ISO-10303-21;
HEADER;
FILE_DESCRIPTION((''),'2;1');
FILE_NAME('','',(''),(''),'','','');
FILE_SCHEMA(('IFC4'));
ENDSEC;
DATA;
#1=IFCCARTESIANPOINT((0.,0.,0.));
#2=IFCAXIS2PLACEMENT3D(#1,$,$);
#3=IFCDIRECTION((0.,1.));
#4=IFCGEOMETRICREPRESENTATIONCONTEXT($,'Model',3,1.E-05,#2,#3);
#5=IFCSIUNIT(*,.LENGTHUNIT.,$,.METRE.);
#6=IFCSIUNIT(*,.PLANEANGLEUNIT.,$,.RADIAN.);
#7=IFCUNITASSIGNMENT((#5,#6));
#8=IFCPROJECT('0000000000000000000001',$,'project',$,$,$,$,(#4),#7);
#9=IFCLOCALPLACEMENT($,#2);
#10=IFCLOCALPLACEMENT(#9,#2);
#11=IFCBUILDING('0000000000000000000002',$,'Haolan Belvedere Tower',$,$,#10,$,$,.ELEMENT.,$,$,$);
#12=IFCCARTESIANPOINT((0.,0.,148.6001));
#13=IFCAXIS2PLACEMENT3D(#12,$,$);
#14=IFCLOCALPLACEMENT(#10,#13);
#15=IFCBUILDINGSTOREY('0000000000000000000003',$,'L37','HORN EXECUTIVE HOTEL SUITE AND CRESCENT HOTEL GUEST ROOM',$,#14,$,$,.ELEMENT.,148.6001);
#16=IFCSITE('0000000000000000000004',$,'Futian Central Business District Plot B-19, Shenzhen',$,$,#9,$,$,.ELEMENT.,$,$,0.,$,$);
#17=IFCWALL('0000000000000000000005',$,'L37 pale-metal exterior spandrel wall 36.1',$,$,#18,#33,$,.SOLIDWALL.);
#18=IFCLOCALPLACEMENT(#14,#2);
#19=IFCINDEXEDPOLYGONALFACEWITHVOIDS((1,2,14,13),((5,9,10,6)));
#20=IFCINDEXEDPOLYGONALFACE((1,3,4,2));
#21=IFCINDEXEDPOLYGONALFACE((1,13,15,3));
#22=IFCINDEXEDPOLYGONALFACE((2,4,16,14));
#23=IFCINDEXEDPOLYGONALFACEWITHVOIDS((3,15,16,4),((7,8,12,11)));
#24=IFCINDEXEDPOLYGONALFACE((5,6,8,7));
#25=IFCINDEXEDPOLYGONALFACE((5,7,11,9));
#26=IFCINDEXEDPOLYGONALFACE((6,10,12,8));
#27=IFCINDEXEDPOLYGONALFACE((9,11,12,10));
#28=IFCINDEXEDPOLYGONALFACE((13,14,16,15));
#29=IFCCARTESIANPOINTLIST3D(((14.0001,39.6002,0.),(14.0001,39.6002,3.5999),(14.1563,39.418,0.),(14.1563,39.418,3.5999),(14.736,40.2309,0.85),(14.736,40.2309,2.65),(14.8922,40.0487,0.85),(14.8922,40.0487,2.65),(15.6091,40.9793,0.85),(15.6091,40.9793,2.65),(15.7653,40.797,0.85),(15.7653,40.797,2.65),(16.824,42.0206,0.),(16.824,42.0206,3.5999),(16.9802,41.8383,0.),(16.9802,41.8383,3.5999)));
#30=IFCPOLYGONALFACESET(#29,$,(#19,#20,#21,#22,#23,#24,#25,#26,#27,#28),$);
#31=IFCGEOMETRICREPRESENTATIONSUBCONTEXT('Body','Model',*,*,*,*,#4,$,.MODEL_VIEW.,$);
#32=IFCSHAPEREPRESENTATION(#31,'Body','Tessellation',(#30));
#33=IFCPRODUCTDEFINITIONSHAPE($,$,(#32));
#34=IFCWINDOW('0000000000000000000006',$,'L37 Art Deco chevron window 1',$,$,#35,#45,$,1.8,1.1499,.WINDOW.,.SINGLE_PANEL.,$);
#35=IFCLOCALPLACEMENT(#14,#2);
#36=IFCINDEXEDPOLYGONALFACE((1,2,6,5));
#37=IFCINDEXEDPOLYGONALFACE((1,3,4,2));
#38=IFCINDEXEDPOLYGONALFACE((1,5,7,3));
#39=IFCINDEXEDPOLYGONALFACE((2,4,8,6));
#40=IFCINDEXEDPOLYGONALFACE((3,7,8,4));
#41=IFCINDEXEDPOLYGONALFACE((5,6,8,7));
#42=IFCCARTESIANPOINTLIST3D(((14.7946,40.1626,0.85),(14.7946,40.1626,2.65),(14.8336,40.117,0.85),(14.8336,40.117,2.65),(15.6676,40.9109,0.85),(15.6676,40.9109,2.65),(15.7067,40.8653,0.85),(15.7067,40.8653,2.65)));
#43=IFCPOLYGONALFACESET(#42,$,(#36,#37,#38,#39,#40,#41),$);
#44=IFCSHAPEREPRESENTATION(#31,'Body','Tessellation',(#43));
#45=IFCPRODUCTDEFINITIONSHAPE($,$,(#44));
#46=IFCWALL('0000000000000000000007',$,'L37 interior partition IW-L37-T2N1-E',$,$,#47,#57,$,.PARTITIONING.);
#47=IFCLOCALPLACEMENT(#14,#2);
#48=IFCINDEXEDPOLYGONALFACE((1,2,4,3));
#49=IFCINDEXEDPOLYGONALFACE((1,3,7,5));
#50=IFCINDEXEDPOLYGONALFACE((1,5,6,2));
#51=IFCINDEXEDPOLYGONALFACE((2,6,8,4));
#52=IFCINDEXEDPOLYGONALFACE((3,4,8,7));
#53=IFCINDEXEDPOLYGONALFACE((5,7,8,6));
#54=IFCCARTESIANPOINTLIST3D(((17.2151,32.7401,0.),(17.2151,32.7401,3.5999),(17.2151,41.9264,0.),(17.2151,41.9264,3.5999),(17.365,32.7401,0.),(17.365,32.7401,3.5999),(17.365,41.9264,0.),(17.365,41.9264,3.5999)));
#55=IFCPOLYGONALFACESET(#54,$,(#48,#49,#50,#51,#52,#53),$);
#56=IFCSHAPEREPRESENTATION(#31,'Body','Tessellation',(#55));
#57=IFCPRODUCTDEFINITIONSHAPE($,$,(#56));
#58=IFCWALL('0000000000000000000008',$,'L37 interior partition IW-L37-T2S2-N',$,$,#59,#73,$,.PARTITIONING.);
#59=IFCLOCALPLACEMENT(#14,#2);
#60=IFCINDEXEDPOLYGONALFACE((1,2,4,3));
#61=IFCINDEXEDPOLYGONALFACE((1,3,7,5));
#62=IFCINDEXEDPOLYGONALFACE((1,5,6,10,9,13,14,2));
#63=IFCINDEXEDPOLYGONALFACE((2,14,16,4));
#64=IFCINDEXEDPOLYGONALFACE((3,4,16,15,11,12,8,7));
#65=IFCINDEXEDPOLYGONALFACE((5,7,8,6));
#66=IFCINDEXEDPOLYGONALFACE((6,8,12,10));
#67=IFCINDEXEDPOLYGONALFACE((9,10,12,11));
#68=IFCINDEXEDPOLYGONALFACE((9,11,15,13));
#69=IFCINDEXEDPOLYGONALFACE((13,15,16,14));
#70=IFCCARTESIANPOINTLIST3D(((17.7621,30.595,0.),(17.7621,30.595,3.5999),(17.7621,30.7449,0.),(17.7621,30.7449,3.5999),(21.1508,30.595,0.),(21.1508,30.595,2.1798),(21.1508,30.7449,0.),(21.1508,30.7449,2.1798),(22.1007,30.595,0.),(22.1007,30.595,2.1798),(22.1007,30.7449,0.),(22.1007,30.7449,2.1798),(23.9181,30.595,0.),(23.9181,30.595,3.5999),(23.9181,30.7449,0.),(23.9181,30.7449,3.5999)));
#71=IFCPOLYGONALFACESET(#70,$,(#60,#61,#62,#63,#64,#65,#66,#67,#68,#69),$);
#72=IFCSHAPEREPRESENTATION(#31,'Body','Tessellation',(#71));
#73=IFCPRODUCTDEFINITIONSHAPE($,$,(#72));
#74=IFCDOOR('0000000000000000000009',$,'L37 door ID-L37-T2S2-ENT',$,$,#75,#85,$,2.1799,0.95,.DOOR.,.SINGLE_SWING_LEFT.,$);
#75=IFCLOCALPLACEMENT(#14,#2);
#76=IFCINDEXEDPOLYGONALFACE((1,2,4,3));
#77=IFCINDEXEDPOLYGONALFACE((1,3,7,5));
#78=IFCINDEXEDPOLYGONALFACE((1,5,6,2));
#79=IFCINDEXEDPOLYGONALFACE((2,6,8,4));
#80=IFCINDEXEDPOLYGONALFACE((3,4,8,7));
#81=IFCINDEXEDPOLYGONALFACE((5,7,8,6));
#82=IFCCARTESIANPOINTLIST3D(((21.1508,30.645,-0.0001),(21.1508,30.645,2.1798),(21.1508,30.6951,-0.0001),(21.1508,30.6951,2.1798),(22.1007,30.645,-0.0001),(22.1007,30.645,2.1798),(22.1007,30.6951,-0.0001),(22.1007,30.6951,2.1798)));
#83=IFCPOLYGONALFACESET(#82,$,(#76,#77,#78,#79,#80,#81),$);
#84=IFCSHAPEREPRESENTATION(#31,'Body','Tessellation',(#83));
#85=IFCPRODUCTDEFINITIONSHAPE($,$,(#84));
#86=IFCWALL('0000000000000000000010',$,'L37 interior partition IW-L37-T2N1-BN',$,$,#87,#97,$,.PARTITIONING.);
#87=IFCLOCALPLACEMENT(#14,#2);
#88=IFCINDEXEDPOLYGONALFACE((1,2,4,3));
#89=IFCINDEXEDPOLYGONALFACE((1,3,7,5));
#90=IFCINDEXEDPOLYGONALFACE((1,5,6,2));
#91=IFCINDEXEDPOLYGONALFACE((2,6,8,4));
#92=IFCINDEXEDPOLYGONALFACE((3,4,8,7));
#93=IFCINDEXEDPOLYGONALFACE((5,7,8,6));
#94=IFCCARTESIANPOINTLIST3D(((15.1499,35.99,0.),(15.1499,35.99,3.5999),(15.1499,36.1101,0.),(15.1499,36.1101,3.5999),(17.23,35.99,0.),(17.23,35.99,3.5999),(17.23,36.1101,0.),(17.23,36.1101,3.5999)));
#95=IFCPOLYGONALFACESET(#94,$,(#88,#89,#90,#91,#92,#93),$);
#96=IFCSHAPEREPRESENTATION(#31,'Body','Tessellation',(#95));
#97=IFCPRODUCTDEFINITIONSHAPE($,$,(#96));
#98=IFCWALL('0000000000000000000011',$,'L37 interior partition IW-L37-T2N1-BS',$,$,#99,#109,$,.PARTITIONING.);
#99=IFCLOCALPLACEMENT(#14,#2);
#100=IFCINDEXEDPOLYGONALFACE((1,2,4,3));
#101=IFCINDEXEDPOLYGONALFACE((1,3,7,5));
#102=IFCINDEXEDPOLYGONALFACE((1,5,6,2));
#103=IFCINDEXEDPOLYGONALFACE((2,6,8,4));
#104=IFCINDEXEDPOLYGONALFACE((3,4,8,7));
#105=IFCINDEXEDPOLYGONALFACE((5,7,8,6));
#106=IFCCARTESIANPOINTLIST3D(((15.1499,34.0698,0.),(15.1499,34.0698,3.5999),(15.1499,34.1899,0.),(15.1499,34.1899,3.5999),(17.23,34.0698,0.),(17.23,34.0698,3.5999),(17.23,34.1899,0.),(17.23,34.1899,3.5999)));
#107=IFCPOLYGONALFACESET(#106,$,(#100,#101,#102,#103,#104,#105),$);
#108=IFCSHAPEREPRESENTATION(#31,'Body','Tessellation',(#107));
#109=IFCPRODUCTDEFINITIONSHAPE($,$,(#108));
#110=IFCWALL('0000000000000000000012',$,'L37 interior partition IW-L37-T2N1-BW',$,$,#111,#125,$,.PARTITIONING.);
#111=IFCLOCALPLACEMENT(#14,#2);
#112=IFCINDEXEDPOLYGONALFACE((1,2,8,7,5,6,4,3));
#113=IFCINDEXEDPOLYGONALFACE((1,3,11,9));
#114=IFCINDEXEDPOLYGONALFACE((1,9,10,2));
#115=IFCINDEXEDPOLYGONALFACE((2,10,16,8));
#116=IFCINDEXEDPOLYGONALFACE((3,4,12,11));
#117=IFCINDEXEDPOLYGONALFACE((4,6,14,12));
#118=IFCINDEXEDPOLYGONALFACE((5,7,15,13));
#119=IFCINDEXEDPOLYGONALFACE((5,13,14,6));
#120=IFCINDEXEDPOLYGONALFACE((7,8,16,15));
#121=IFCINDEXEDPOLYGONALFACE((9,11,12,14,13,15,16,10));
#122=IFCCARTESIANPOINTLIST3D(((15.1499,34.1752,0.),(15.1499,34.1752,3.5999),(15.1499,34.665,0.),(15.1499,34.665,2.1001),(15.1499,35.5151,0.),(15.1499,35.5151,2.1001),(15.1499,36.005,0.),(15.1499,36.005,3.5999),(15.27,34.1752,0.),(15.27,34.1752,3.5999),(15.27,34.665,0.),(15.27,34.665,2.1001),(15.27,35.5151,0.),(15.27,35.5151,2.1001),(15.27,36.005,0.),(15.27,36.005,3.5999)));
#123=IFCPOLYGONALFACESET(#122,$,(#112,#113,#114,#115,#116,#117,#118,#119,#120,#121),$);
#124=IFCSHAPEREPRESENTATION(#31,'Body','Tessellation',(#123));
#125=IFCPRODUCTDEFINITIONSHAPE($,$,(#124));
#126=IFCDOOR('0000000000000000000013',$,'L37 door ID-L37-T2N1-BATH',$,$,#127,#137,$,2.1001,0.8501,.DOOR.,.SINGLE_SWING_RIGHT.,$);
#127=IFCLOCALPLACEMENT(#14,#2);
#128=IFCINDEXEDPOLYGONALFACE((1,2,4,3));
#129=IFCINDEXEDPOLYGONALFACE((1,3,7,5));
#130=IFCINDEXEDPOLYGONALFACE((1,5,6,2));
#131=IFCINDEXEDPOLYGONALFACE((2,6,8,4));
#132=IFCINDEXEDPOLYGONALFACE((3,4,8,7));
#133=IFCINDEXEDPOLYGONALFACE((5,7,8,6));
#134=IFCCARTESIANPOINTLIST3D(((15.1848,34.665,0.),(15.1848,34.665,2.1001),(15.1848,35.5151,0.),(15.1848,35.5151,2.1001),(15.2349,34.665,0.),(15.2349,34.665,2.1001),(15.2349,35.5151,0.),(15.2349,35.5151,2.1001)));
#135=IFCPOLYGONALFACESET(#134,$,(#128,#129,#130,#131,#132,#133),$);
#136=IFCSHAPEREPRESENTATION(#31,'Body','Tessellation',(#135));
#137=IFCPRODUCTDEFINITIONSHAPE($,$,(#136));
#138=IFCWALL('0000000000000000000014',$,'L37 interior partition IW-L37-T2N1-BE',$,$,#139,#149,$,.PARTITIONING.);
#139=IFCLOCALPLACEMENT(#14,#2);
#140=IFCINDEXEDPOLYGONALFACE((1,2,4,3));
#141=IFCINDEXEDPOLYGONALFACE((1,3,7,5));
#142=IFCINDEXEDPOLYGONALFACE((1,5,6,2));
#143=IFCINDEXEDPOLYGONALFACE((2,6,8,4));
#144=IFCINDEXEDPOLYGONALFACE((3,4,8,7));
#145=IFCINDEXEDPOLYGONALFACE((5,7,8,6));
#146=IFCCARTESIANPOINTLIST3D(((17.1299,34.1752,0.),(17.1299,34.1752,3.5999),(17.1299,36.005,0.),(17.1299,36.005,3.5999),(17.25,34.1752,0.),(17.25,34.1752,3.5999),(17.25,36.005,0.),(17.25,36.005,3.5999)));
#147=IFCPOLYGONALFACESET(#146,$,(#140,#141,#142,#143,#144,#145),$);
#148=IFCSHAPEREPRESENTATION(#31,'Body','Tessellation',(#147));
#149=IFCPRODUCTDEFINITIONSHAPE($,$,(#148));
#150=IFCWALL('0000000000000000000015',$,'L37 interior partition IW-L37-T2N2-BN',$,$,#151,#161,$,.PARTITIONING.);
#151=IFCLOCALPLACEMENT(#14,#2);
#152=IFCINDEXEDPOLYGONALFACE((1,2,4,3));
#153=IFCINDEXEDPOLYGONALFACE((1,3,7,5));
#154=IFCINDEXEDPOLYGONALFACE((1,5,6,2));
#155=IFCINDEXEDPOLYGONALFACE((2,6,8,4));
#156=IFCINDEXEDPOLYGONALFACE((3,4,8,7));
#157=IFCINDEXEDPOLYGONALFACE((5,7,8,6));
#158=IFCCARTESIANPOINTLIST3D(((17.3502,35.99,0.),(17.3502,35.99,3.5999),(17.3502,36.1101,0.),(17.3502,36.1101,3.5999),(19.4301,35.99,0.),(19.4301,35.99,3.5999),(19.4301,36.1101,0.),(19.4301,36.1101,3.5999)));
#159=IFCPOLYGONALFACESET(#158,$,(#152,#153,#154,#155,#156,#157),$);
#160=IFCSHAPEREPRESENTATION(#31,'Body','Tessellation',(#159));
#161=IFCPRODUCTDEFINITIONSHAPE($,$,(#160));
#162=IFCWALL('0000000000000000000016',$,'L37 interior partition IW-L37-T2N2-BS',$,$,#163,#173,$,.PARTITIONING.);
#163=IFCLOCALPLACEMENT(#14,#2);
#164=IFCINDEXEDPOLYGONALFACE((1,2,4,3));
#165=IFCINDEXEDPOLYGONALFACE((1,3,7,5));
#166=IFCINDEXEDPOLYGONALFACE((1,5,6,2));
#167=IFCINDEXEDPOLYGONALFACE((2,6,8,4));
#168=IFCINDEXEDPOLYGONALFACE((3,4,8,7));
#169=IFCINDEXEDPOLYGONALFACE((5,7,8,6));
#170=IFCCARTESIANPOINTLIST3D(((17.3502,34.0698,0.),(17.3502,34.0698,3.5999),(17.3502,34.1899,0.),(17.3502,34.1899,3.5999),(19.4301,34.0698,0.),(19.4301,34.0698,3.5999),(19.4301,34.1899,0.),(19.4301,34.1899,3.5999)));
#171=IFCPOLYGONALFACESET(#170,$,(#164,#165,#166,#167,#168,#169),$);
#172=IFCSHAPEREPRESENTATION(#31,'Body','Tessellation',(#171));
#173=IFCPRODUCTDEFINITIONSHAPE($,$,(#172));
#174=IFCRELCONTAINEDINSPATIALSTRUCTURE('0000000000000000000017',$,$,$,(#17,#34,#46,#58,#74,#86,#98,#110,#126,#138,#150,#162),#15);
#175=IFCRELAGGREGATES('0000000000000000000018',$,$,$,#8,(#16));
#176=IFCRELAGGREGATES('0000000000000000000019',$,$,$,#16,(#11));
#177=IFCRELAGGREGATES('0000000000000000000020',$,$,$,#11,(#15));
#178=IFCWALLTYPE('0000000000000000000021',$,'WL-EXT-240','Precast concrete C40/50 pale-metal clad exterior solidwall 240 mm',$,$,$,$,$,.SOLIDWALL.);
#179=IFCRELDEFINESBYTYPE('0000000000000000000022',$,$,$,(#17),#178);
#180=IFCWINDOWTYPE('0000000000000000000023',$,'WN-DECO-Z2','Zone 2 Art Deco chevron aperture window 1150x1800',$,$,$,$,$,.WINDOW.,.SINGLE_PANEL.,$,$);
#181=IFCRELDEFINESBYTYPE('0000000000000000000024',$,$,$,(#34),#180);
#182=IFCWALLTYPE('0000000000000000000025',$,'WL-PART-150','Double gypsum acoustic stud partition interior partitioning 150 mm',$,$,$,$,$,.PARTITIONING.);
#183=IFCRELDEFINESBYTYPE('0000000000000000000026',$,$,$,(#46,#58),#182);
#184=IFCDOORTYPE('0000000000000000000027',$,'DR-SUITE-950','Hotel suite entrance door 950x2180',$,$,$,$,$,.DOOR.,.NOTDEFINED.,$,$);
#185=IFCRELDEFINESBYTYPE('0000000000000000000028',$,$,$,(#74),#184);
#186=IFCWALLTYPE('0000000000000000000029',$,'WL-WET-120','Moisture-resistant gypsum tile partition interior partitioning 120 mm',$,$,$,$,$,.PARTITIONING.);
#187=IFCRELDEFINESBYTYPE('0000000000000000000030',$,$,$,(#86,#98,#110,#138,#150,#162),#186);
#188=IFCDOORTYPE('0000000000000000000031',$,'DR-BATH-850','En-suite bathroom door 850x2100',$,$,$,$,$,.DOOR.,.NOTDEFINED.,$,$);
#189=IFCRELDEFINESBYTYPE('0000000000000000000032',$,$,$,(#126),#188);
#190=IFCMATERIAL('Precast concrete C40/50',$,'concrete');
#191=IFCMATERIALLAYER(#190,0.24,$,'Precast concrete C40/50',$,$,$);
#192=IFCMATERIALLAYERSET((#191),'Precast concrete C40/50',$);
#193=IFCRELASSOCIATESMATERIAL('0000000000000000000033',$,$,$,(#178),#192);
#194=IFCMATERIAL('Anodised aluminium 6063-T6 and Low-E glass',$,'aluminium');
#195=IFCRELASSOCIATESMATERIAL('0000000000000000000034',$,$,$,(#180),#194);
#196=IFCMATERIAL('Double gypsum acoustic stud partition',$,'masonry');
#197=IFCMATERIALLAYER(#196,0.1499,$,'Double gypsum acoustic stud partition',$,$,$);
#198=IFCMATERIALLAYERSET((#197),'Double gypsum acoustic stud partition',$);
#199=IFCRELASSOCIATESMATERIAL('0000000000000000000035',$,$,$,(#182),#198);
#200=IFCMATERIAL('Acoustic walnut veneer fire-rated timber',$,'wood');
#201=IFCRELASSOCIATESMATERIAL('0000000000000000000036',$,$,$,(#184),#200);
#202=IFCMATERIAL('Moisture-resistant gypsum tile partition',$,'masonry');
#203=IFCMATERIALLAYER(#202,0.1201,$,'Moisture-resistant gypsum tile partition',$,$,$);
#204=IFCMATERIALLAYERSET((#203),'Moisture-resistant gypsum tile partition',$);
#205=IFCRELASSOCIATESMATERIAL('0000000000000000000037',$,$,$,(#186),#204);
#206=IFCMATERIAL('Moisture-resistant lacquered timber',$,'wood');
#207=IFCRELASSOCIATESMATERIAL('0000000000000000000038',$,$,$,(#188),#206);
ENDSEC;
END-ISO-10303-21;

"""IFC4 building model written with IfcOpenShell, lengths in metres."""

from ifc_helpers import new_model, si_unit, direction, frame, frame_2d, origin, place, context, subcontext, project, spatial, rectangle, extrude, material, layer, layer_set, type_object, element, fill, save


model = new_model("IFC4")

# Units and contexts
model_context = context("Model", 3, precision=1e-05, world=origin(), true_north=direction((0.0, 1.0)))
body_context = subcontext(model_context, "Body", "Model", "MODEL_VIEW")
ifc_project = project(units=[si_unit("LENGTHUNIT", "METRE"), si_unit("PLANEANGLEUNIT", "RADIAN")], contexts=[model_context])

# Site, building, storey
site_placement = place(None, origin())
site = spatial("IfcSite", under=ifc_project, at=site_placement, Name="Futian Central Business District Plot B-19, Shenzhen", CompositionType="ELEMENT", RefElevation=0.0)
building_placement = place(site_placement, origin())
building = spatial("IfcBuilding", under=site, at=building_placement, Name="Haolan Belvedere Tower", CompositionType="ELEMENT")
storey_placement = place(building_placement, frame((0.0, 0.0, 148.6001)))
storey = spatial("IfcBuildingStorey", under=building, at=storey_placement, Name="L37", Description="HORN EXECUTIVE HOTEL SUITE AND CRESCENT HOTEL GUEST ROOM", CompositionType="ELEMENT", Elevation=148.6001)

# Wall, opening, window
ifc_material_1 = material(Name="Precast concrete C40/50", Category="concrete")
ifc_layer_1 = layer(ifc_material_1, 0.24, Name="Precast concrete C40/50")
ifc_layer_set_1 = layer_set([ifc_layer_1], Name="Precast concrete C40/50")
wall_type_1 = type_object("IfcWallType", Name="WL-EXT-240", Description="Precast concrete C40/50 pale-metal clad exterior solidwall 240 mm", PredefinedType="SOLIDWALL", material=ifc_layer_set_1)
wall_1_placement = place(storey_placement, frame((16.9021, 41.9294, 0.0), z_axis=(0.0, 0.0, 1.0), x_axis=(-0.759275, -0.65077, 0.0)))
wall_1 = element("IfcWall", 1, at=wall_1_placement, inside=storey, type_object=wall_type_1, Name="L37 pale-metal exterior spandrel wall 36.1", PredefinedType="SOLIDWALL", context=body_context, shape_type="SweptSolid", body=[
    extrude(rectangle(XDim=3.7192, YDim=0.24, at=frame_2d((1.8596, 0.0))), origin(), (0.0, 0.0, 1.0), 3.5999),
])
opening_1_placement = place(wall_1_placement, frame((1.6001, 0.0, 0.8501)))
opening_1 = element("IfcOpeningElement", 2, at=opening_1_placement, cuts=wall_1, PredefinedType="OPENING", context=body_context, shape_type="SweptSolid", body=[
    extrude(rectangle(XDim=1.1499, YDim=1.8, at=frame_2d((0.575, 0.8999))), frame((0.0, 0.1299, 0.0), z_axis=(0.0, -1.0, 0.0), x_axis=(1.0, 0.0, 0.0)), (0.0, 0.0, 1.0), 0.26),
])
ifc_material_2 = material(Name="Anodised aluminium 6063-T6 and Low-E glass", Category="aluminium")
window_type = type_object("IfcWindowType", Name="WN-DECO-Z2", Description="Zone 2 Art Deco chevron aperture window 1150x1800", PartitioningType="SINGLE_PANEL", PredefinedType="WINDOW", material=ifc_material_2)
window_placement = place(opening_1_placement, origin())
window = element("IfcWindow", 3, at=window_placement, inside=storey, type_object=window_type, Name="L37 Art Deco chevron window 1", OverallHeight=1.8, OverallWidth=1.1499, PartitioningType="SINGLE_PANEL", PredefinedType="WINDOW", context=body_context, shape_type="SweptSolid", body=[
    extrude(rectangle(XDim=1.1499, YDim=1.8, at=frame_2d((0.575, 0.8999))), frame((0.0, 0.03, 0.0), z_axis=(0.0, -1.0, 0.0), x_axis=(1.0, 0.0, 0.0)), (0.0, 0.0, 1.0), 0.0601),
])
fill(opening_1, window)

# Wall
ifc_material_3 = material(Name="Double gypsum acoustic stud partition", Category="masonry")
ifc_layer_2 = layer(ifc_material_3, 0.1499, Name="Double gypsum acoustic stud partition")
ifc_layer_set_2 = layer_set([ifc_layer_2], Name="Double gypsum acoustic stud partition")
wall_type_2 = type_object("IfcWallType", Name="WL-PART-150", Description="Double gypsum acoustic stud partition interior partitioning 150 mm", PredefinedType="PARTITIONING", material=ifc_layer_set_2)
wall_2_placement = place(storey_placement, frame((17.29, 32.74, 0.0), z_axis=(0.0, 0.0, 1.0), x_axis=(0.0, 1.0, 0.0)))
element("IfcWall", 4, at=wall_2_placement, inside=storey, type_object=wall_type_2, Name="L37 interior partition IW-L37-T2N1-E", PredefinedType="PARTITIONING", context=body_context, shape_type="SweptSolid", body=[
    extrude(rectangle(XDim=9.1863, YDim=0.1499, at=frame_2d((4.5933, 0.0))), origin(), (0.0, 0.0, 1.0), 3.5999),
])

# Wall, opening, door
wall_3_placement = place(storey_placement, frame((17.762, 30.6699, 0.0), z_axis=(0.0, 0.0, 1.0), x_axis=(1.0, 0.0, 0.0)))
wall_3 = element("IfcWall", 5, at=wall_3_placement, inside=storey, type_object=wall_type_2, Name="L37 interior partition IW-L37-T2S2-N", PredefinedType="PARTITIONING", context=body_context, shape_type="SweptSolid", body=[
    extrude(rectangle(XDim=6.156, YDim=0.1499, at=frame_2d((3.0781, 0.0))), origin(), (0.0, 0.0, 1.0), 3.5999),
])
opening_2_placement = place(wall_3_placement, frame((4.3389, 0.0, 0.0), z_axis=(0.0, 0.0, 1.0), x_axis=(-1.0, 0.0, 0.0)))
opening_2 = element("IfcOpeningElement", 6, at=opening_2_placement, cuts=wall_3, PredefinedType="OPENING", context=body_context, shape_type="SweptSolid", body=[
    extrude(rectangle(XDim=0.95, YDim=2.1799, at=frame_2d((0.4751, 1.0898))), frame((0.0, 0.085, 0.0), z_axis=(0.0, -1.0, 0.0), x_axis=(1.0, 0.0, 0.0)), (0.0, 0.0, 1.0), 0.1699),
])
ifc_material_4 = material(Name="Acoustic walnut veneer fire-rated timber", Category="wood")
door_type_1 = type_object("IfcDoorType", Name="DR-SUITE-950", Description="Hotel suite entrance door 950x2180", OperationType="NOTDEFINED", PredefinedType="DOOR", material=ifc_material_4)
door_1_placement = place(opening_2_placement, origin())
door_1 = element("IfcDoor", 7, at=door_1_placement, inside=storey, type_object=door_type_1, Name="L37 door ID-L37-T2S2-ENT", OperationType="SINGLE_SWING_LEFT", OverallHeight=2.1799, OverallWidth=0.95, PredefinedType="DOOR", context=body_context, shape_type="SweptSolid", body=[
    extrude(rectangle(XDim=0.95, YDim=2.1799, at=frame_2d((0.4751, 1.0898))), frame((0.0, 0.0249, 0.0), z_axis=(0.0, -1.0, 0.0), x_axis=(1.0, 0.0, 0.0)), (0.0, 0.0, 1.0), 0.05),
])
fill(opening_2, door_1)

# Walls
ifc_material_5 = material(Name="Moisture-resistant gypsum tile partition", Category="masonry")
ifc_layer_3 = layer(ifc_material_5, 0.1201, Name="Moisture-resistant gypsum tile partition")
ifc_layer_set_3 = layer_set([ifc_layer_3], Name="Moisture-resistant gypsum tile partition")
wall_type_3 = type_object("IfcWallType", Name="WL-WET-120", Description="Moisture-resistant gypsum tile partition interior partitioning 120 mm", PredefinedType="PARTITIONING", material=ifc_layer_set_3)
for number, where, z_axis, x_axis, name in (
    (8, (15.1499, 36.05, 0.0), (0.0, 0.0, 1.0), (1.0, 0.0, 0.0), "L37 interior partition IW-L37-T2N1-BN"),
    (9, (15.1499, 34.1299, 0.0), (0.0, 0.0, 1.0), (1.0, 0.0, 0.0), "L37 interior partition IW-L37-T2N1-BS"),
):
    element("IfcWall", number, at=place(storey_placement, frame(where, z_axis=z_axis, x_axis=x_axis)), inside=storey, type_object=wall_type_3, Name=name, PredefinedType="PARTITIONING", context=body_context, shape_type="SweptSolid", body=[
        extrude(rectangle(XDim=2.0801, YDim=0.1201, at=frame_2d((1.04, 0.0))), origin(), (0.0, 0.0, 1.0), 3.5999),
    ])

# Wall, opening, door
wall_4_placement = place(storey_placement, frame((15.21, 34.175, 0.0), z_axis=(0.0, 0.0, 1.0), x_axis=(0.0, 1.0, 0.0)))
wall_4 = element("IfcWall", 10, at=wall_4_placement, inside=storey, type_object=wall_type_3, Name="L37 interior partition IW-L37-T2N1-BW", PredefinedType="PARTITIONING", context=body_context, shape_type="SweptSolid", body=[
    extrude(rectangle(XDim=1.8298, YDim=0.1201, at=frame_2d((0.915, 0.0))), origin(), (0.0, 0.0, 1.0), 3.5999),
])
opening_3_placement = place(wall_4_placement, frame((1.3401, 0.0, 0.0), z_axis=(0.0, 0.0, 1.0), x_axis=(-1.0, 0.0, 0.0)))
opening_3 = element("IfcOpeningElement", 11, at=opening_3_placement, cuts=wall_4, PredefinedType="OPENING", context=body_context, shape_type="SweptSolid", body=[
    extrude(rectangle(XDim=0.8501, YDim=2.1001, at=frame_2d((0.425, 1.05))), frame((0.0, 0.0701, 0.0), z_axis=(0.0, -1.0, 0.0), x_axis=(1.0, 0.0, 0.0)), (0.0, 0.0, 1.0), 0.1401),
])
ifc_material_6 = material(Name="Moisture-resistant lacquered timber", Category="wood")
door_type_2 = type_object("IfcDoorType", Name="DR-BATH-850", Description="En-suite bathroom door 850x2100", OperationType="NOTDEFINED", PredefinedType="DOOR", material=ifc_material_6)
door_2_placement = place(opening_3_placement, origin())
door_2 = element("IfcDoor", 12, at=door_2_placement, inside=storey, type_object=door_type_2, Name="L37 door ID-L37-T2N1-BATH", OperationType="SINGLE_SWING_RIGHT", OverallHeight=2.1001, OverallWidth=0.8501, PredefinedType="DOOR", context=body_context, shape_type="SweptSolid", body=[
    extrude(rectangle(XDim=0.8501, YDim=2.1001, at=frame_2d((0.425, 1.05))), frame((0.0, 0.0249, 0.0), z_axis=(0.0, -1.0, 0.0), x_axis=(1.0, 0.0, 0.0)), (0.0, 0.0, 1.0), 0.05),
])
fill(opening_3, door_2)

# Walls
wall_5_placement = place(storey_placement, frame((17.1899, 34.175, 0.0), z_axis=(0.0, 0.0, 1.0), x_axis=(0.0, 1.0, 0.0)))
element("IfcWall", 13, at=wall_5_placement, inside=storey, type_object=wall_type_3, Name="L37 interior partition IW-L37-T2N1-BE", PredefinedType="PARTITIONING", context=body_context, shape_type="SweptSolid", body=[
    extrude(rectangle(XDim=1.8298, YDim=0.1201, at=frame_2d((0.915, 0.0))), origin(), (0.0, 0.0, 1.0), 3.5999),
])
for number, where, z_axis, x_axis, name in (
    (14, (17.3501, 36.05, 0.0), (0.0, 0.0, 1.0), (1.0, 0.0, 0.0), "L37 interior partition IW-L37-T2N2-BN"),
    (15, (17.3501, 34.1299, 0.0), (0.0, 0.0, 1.0), (1.0, 0.0, 0.0), "L37 interior partition IW-L37-T2N2-BS"),
):
    element("IfcWall", number, at=place(storey_placement, frame(where, z_axis=z_axis, x_axis=x_axis)), inside=storey, type_object=wall_type_3, Name=name, PredefinedType="PARTITIONING", context=body_context, shape_type="SweptSolid", body=[
        extrude(rectangle(XDim=2.0798, YDim=0.1201, at=frame_2d((1.04, 0.0))), origin(), (0.0, 0.0, 1.0), 3.5999),
    ])

save(model, "model.ifc")
